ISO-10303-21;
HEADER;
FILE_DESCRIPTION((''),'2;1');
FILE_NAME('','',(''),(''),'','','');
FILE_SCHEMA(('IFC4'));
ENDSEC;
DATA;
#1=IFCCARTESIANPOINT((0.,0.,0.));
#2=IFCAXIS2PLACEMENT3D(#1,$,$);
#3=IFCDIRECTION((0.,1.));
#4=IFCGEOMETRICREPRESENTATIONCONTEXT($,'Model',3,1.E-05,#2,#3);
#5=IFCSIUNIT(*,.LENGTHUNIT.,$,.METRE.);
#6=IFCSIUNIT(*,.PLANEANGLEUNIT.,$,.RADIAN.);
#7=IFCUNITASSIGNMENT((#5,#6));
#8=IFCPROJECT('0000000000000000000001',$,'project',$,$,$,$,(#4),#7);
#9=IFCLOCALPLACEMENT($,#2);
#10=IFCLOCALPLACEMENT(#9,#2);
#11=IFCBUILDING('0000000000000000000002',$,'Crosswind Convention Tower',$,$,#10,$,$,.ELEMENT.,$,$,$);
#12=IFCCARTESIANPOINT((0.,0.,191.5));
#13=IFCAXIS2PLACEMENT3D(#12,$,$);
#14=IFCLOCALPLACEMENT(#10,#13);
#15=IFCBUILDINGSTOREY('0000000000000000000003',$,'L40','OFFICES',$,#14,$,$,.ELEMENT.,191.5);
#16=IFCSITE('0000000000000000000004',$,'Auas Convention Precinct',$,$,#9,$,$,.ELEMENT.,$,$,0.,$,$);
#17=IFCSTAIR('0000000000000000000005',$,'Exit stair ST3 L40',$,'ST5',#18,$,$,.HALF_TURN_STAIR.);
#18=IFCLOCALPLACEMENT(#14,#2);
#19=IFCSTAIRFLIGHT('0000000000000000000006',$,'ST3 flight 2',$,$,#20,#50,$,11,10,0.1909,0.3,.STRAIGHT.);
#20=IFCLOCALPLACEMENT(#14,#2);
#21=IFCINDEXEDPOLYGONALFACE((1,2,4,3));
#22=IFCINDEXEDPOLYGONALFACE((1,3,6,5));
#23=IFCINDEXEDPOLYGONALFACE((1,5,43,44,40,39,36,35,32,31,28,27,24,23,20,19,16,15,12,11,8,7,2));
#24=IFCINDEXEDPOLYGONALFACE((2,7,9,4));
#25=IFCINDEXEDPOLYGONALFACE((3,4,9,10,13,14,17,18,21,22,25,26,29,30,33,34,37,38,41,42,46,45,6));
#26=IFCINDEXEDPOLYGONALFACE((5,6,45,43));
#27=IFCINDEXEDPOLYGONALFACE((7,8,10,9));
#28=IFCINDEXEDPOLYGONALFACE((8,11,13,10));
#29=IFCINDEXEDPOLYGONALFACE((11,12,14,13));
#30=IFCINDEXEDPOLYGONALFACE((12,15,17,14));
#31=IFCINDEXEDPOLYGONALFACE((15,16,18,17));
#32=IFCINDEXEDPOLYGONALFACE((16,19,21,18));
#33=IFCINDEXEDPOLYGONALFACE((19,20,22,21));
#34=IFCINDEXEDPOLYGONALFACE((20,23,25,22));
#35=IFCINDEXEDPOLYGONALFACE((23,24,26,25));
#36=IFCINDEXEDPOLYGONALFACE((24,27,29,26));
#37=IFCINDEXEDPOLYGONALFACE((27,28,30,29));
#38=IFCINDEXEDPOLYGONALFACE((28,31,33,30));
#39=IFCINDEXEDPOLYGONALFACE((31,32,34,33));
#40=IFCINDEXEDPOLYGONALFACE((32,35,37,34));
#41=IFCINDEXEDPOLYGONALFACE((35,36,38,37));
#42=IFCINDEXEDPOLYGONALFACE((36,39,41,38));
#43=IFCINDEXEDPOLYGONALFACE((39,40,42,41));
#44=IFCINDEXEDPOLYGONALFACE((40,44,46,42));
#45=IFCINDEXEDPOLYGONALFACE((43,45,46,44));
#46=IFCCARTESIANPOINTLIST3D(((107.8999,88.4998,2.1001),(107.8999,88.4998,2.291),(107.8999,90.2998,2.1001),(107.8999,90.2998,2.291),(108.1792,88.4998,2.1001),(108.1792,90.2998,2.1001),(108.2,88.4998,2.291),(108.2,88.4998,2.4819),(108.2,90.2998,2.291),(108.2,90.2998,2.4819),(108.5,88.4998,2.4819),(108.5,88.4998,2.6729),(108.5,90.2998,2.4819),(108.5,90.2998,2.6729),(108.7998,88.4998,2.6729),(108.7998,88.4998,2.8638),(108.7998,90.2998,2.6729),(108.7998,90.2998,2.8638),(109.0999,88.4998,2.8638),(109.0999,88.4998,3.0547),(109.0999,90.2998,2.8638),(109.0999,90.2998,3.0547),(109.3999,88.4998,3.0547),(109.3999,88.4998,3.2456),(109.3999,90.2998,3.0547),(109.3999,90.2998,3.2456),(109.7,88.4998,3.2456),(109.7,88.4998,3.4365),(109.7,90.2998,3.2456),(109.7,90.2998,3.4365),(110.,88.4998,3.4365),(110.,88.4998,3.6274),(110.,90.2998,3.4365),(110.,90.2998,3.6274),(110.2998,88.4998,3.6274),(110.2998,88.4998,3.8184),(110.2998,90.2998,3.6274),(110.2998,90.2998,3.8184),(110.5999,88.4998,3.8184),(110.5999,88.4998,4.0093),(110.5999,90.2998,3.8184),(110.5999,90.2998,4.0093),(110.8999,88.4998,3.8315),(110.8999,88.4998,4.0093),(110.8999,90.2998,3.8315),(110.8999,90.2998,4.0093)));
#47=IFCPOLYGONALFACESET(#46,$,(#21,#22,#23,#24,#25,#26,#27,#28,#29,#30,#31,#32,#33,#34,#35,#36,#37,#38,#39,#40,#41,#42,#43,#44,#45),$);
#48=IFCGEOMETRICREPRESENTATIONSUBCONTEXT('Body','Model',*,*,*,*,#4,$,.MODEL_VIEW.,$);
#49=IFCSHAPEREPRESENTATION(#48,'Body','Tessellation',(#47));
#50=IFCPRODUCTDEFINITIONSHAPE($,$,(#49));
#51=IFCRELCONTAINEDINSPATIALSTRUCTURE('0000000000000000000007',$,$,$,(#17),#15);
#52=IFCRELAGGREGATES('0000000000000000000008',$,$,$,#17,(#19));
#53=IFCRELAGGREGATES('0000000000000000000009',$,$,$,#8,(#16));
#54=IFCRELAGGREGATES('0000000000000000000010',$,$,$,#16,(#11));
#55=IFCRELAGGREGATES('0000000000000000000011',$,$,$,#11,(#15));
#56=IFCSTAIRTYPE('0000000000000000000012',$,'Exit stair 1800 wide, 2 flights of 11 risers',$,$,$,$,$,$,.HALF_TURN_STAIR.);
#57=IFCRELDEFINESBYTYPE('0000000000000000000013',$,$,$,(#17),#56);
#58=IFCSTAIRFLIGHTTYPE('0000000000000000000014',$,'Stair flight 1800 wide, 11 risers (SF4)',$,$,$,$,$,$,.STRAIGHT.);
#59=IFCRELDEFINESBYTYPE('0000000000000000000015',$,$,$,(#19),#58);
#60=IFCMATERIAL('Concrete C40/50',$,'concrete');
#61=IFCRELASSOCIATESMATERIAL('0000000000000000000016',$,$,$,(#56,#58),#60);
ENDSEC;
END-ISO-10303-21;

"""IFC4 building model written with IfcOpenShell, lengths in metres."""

from ifc_helpers import new_model, si_unit, direction, frame, origin, place, context, subcontext, project, spatial, polyline, outline, extrude, material, type_object, element, aggregate, save


model = new_model("IFC4")

# Units and contexts
model_context = context("Model", 3, precision=1e-05, world=origin(), true_north=direction((0.0, 1.0)))
body_context = subcontext(model_context, "Body", "Model", "MODEL_VIEW")
ifc_project = project(units=[si_unit("LENGTHUNIT", "METRE"), si_unit("PLANEANGLEUNIT", "RADIAN")], contexts=[model_context])

# Site, building, storey
site_placement = place(None, origin())
site = spatial("IfcSite", under=ifc_project, at=site_placement, Name="Auas Convention Precinct", CompositionType="ELEMENT", RefElevation=0.0)
building_placement = place(site_placement, origin())
building = spatial("IfcBuilding", under=site, at=building_placement, Name="Crosswind Convention Tower", CompositionType="ELEMENT")
storey_placement = place(building_placement, frame((0.0, 0.0, 191.5)))
storey = spatial("IfcBuildingStorey", under=building, at=storey_placement, Name="L40", Description="OFFICES", CompositionType="ELEMENT", Elevation=191.5)

# Shared definitions
ifc_material_1 = material(Name="Concrete C40/50", Category="concrete")

# Stair
stair_type = type_object("IfcStairType", Name="Exit stair 1800 wide, 2 flights of 11 risers", PredefinedType="HALF_TURN_STAIR", material=ifc_material_1)
stair_1_placement = place(storey_placement, origin())
stair_1 = element("IfcStair", 1, at=stair_1_placement, inside=storey, type_object=stair_type, Name="Exit stair ST3 L40", ObjectType="ST5", PredefinedType="HALF_TURN_STAIR")

# Stair flight
stair_flight_type = type_object("IfcStairFlightType", Name="Stair flight 1800 wide, 11 risers (SF4)", PredefinedType="STRAIGHT", material=ifc_material_1)
stair_flight_1_placement = place(storey_placement, frame((107.8999, 89.3999, 2.1001), z_axis=(0.0, 0.0, 1.0), x_axis=(1.0, 0.0, 0.0)))
stair_flight_1 = element("IfcStairFlight", 2, at=stair_flight_1_placement, type_object=stair_flight_type, Name="ST3 flight 2", NumberOfRisers=11, NumberOfTreads=10, PredefinedType="STRAIGHT", RiserHeight=0.1909, TreadLength=0.3, context=body_context, shape_type="SweptSolid", body=[
    extrude(outline(polyline([(0.0, 0.0), (0.0, 0.1909), (0.3, 0.1909), (0.3, 0.3818), (0.6001, 0.3818), (0.6001, 0.5728), (0.8999, 0.5728), (0.8999, 0.7637), (1.2, 0.7637), (1.2, 0.9546), (1.5, 0.9546), (1.5, 1.1455), (1.8, 1.1455), (1.8, 1.3364), (2.1001, 1.3364), (2.1001, 1.5273), (2.3999, 1.5273), (2.3999, 1.7183), (2.7, 1.7183), (2.7, 1.9092), (3.0, 1.9092), (3.0, 2.1001), (3.0, 1.7314), (0.2793, 0.0), (0.0, 0.0)])), frame((0.0, 0.8999, 0.0), z_axis=(0.0, -1.0, 0.0), x_axis=(1.0, 0.0, 0.0)), (0.0, 0.0, 1.0), 1.8),
])
aggregate(stair_1, [stair_flight_1])

save(model, "model.ifc")
